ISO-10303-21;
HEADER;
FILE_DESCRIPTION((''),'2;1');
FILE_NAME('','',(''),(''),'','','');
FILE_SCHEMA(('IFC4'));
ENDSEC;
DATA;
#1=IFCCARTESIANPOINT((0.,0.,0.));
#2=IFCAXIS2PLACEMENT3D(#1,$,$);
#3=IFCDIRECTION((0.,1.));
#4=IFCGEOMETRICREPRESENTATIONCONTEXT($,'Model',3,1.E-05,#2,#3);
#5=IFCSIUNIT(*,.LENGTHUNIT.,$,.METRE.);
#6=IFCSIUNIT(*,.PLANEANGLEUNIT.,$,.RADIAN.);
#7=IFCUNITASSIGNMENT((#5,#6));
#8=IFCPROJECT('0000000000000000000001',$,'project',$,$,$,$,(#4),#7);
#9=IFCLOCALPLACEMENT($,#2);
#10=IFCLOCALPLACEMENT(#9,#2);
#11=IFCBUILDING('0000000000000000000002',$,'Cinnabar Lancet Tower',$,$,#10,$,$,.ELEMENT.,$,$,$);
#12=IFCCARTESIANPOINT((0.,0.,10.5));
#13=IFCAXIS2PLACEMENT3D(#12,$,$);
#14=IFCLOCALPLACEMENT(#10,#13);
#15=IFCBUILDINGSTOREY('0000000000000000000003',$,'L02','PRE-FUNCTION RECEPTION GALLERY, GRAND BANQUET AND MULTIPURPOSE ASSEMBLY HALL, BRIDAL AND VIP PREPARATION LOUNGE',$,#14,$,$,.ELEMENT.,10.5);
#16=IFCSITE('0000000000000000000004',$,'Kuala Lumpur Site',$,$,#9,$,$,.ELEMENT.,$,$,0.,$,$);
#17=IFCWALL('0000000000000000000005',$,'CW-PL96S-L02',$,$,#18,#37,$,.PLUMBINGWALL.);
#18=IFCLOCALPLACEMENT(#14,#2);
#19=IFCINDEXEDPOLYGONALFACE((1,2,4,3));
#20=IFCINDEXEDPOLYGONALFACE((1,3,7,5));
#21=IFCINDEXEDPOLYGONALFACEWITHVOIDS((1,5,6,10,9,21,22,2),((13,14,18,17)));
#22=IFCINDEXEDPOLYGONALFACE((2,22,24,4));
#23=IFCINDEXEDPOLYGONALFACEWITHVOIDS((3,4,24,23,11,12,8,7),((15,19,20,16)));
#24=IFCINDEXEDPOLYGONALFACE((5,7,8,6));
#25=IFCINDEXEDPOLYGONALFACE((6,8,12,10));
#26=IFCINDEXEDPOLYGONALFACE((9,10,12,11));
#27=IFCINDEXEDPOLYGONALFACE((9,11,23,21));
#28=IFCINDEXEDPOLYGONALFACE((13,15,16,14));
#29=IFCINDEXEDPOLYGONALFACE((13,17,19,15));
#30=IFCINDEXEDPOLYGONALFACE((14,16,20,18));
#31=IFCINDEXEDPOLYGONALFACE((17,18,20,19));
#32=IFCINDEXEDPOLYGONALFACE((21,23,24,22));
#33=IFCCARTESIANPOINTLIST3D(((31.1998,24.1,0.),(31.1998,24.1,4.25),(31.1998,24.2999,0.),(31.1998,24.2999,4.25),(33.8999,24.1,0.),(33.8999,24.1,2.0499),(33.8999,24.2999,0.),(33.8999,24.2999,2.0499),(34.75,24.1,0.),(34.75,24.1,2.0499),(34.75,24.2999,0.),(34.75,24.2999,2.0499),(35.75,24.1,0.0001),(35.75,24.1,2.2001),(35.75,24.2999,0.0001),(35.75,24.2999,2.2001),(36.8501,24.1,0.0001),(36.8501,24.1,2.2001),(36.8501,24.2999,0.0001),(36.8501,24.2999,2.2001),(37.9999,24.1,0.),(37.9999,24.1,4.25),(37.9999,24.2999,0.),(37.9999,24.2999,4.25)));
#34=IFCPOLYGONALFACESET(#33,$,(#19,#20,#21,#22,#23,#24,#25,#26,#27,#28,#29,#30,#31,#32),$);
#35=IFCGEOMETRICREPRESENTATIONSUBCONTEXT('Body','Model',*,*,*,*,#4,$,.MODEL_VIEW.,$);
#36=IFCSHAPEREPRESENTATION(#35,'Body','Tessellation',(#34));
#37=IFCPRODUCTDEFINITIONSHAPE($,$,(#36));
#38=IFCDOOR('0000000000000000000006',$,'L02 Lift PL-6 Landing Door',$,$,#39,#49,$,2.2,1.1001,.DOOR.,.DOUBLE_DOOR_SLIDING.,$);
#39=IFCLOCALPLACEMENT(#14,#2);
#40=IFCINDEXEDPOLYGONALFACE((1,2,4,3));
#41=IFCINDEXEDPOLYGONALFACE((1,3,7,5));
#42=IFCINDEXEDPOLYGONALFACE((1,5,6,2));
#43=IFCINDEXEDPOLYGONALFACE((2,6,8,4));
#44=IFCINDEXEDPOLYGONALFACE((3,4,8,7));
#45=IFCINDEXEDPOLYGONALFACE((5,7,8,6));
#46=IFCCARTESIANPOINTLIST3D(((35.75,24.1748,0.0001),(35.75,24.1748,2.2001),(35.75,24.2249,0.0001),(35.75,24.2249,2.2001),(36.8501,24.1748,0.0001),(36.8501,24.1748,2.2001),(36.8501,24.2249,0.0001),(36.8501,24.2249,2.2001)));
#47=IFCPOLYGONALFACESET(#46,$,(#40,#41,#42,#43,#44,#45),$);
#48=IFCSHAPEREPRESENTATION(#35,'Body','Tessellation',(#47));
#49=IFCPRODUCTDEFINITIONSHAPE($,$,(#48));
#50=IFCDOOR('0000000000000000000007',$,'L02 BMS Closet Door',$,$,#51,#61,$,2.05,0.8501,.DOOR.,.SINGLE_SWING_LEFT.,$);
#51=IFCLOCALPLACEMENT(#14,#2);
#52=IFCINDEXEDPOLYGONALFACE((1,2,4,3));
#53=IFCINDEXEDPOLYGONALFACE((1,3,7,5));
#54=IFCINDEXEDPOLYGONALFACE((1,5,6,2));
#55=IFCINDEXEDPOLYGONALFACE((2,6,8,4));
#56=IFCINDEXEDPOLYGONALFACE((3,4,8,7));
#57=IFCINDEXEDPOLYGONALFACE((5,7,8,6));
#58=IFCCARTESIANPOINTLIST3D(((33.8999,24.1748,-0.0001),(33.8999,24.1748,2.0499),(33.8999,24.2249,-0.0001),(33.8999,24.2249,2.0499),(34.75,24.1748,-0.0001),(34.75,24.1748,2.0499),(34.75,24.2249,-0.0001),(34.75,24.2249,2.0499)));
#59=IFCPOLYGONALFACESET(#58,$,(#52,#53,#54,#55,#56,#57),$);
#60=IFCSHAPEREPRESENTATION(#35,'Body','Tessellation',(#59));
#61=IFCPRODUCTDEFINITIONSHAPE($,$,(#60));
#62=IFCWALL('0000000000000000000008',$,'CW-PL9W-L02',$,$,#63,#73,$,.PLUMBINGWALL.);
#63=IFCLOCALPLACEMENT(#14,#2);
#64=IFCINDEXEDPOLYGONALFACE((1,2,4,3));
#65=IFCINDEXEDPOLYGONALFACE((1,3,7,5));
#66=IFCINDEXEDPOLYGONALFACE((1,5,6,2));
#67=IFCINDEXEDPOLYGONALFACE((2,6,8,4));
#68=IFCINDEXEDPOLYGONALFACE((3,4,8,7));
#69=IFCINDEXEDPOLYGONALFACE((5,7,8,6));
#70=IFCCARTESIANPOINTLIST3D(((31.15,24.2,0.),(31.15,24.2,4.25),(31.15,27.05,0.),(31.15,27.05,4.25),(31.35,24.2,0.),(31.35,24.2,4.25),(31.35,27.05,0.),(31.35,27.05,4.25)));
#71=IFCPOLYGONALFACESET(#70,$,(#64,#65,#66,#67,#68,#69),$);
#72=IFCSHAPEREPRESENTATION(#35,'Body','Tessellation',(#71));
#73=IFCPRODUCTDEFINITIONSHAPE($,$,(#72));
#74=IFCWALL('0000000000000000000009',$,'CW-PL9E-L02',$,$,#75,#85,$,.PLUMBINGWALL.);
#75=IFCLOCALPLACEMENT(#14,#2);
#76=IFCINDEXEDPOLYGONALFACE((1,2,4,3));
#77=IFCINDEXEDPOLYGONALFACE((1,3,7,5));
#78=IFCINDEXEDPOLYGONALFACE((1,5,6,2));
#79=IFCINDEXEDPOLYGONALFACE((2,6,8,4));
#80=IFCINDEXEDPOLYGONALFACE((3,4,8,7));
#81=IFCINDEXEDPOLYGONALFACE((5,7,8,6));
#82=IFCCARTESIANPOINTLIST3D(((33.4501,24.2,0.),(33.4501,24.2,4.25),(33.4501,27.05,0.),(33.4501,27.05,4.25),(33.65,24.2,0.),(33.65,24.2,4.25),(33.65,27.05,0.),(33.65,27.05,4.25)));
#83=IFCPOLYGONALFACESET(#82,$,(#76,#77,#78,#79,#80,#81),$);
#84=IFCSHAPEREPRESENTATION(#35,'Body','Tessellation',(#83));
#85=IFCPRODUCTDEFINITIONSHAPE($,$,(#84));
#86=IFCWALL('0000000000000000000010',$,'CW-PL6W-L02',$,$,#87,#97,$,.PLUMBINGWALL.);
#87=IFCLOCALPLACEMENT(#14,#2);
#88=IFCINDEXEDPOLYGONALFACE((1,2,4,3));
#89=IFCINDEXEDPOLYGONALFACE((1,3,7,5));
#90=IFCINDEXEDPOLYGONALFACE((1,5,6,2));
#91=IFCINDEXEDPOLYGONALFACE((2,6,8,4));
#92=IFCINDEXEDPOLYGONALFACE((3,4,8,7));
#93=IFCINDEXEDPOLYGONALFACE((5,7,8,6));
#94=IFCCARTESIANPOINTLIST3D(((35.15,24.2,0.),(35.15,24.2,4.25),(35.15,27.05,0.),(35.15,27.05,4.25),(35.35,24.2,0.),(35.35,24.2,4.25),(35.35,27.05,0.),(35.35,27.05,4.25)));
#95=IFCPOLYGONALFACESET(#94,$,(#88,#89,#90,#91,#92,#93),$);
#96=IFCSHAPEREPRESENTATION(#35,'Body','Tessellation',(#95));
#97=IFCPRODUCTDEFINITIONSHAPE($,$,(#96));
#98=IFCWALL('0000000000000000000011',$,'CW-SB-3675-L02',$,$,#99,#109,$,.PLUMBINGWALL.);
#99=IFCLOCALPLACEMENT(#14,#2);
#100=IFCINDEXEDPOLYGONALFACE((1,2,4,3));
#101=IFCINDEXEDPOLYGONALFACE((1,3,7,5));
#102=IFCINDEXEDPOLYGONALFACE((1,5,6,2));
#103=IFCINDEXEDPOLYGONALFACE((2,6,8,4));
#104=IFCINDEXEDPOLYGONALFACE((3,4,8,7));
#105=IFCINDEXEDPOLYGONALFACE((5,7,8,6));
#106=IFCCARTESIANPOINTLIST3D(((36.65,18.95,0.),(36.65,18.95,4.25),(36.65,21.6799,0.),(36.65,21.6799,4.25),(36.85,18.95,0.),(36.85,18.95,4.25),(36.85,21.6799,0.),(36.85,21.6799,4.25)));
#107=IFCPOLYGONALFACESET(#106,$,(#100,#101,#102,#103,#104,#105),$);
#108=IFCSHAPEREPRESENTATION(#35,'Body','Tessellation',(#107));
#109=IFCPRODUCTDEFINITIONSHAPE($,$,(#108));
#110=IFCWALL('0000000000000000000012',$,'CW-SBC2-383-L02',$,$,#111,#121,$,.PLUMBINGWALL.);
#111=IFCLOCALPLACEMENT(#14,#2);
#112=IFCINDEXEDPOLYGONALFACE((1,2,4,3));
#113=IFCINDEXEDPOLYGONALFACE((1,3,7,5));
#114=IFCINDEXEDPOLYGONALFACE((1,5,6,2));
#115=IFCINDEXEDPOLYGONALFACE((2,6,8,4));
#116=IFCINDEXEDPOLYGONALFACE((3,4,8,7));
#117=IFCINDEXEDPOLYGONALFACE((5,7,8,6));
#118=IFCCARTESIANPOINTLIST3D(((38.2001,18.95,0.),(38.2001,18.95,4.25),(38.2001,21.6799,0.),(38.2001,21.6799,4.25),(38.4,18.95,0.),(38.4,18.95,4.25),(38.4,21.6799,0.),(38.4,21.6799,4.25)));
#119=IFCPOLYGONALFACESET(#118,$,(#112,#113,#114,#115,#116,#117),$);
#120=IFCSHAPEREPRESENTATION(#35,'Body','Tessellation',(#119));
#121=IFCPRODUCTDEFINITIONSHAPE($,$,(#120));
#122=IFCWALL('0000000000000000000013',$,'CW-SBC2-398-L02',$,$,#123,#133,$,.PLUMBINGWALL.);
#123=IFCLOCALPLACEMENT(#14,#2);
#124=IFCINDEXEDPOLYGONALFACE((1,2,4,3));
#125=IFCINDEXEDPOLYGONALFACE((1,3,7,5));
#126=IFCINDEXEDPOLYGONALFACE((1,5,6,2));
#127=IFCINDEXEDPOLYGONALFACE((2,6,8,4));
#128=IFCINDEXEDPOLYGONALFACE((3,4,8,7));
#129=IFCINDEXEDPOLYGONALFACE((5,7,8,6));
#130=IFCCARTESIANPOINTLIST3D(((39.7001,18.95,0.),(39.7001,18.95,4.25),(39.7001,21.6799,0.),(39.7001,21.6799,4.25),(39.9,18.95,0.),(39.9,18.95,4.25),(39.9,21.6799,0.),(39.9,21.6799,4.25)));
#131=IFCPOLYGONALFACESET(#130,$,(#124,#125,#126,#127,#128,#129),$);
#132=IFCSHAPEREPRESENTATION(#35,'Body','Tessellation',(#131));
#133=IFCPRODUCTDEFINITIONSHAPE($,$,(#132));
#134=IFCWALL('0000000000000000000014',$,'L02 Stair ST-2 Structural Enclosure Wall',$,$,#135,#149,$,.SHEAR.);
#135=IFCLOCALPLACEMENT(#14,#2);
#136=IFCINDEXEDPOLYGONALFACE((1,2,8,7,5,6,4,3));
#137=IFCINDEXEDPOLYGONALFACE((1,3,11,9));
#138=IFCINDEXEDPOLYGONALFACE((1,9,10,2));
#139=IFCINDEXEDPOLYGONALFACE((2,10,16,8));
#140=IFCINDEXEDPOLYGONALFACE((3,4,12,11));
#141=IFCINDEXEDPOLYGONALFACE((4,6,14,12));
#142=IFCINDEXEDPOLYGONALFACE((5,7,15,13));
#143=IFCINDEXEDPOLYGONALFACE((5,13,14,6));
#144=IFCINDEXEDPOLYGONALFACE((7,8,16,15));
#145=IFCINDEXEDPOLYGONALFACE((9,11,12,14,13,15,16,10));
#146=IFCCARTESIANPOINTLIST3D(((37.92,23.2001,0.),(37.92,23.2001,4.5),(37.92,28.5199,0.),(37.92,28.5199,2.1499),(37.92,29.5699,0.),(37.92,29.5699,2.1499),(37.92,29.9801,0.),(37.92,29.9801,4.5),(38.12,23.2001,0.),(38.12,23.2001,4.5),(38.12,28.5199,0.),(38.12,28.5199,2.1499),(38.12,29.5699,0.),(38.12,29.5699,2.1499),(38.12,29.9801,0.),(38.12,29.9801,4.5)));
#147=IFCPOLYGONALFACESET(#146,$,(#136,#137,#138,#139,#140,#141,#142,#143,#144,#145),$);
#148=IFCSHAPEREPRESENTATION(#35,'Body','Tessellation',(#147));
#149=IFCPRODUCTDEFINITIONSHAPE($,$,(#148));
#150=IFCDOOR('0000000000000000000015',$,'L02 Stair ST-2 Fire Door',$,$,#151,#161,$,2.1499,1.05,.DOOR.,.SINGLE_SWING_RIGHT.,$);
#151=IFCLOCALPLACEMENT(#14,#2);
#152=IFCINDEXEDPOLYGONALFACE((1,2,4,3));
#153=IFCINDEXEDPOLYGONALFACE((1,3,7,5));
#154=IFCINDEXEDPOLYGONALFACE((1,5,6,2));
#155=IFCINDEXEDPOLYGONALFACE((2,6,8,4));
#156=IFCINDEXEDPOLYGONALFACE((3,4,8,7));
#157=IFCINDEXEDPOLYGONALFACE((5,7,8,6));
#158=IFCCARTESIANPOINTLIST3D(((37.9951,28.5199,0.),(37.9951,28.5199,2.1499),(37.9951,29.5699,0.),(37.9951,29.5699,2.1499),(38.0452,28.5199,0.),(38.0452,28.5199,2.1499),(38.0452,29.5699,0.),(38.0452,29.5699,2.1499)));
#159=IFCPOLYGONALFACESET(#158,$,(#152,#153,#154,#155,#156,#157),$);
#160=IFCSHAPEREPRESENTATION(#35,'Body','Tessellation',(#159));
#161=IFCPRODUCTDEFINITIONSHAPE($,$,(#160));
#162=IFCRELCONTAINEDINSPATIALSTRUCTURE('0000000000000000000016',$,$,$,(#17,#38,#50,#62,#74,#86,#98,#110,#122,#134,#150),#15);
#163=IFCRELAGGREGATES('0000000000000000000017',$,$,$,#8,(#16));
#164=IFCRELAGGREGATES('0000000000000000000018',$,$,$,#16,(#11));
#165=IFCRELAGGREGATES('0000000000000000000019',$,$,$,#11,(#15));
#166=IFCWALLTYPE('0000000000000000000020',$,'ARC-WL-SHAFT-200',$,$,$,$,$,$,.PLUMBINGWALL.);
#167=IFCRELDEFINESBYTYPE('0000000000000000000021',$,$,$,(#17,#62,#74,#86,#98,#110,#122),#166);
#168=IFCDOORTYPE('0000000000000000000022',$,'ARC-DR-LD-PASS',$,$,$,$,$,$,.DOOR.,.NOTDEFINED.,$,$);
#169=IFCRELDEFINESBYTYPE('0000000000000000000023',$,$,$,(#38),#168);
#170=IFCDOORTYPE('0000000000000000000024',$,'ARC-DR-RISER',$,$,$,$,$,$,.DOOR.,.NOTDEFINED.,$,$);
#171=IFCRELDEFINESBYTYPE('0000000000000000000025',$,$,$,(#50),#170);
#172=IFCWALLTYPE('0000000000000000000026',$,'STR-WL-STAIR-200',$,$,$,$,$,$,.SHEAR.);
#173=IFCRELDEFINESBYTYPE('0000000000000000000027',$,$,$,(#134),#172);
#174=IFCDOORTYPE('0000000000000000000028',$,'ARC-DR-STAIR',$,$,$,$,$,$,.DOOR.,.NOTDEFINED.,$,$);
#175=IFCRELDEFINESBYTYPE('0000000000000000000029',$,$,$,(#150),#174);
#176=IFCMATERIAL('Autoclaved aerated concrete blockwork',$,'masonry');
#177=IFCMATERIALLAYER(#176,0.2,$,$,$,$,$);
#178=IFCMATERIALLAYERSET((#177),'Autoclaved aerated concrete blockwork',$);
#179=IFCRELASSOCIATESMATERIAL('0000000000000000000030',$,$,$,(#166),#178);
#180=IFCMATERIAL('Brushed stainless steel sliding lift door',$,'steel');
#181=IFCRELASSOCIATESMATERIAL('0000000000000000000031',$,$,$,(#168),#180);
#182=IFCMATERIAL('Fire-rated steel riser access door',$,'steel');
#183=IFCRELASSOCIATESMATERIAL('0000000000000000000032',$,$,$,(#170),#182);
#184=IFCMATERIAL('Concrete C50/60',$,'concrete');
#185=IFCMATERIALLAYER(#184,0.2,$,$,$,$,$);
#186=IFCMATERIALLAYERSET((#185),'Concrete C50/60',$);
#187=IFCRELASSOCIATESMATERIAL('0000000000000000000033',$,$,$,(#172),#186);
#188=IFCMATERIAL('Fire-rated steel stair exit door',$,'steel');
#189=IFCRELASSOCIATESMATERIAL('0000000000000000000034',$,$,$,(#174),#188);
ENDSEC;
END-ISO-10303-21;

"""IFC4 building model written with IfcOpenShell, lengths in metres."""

from ifc_helpers import new_model, si_unit, direction, frame, frame_2d, origin, place, context, subcontext, project, spatial, rectangle, extrude, material, layer, layer_set, type_object, element, fill, save


model = new_model("IFC4")

# Units and contexts
model_context = context("Model", 3, precision=1e-05, world=origin(), true_north=direction((0.0, 1.0)))
body_context = subcontext(model_context, "Body", "Model", "MODEL_VIEW")
ifc_project = project(units=[si_unit("LENGTHUNIT", "METRE"), si_unit("PLANEANGLEUNIT", "RADIAN")], contexts=[model_context])

# Site, building, storey
site_placement = place(None, origin())
site = spatial("IfcSite", under=ifc_project, at=site_placement, Name="Kuala Lumpur Site", CompositionType="ELEMENT", RefElevation=0.0)
building_placement = place(site_placement, origin())
building = spatial("IfcBuilding", under=site, at=building_placement, Name="Cinnabar Lancet Tower", CompositionType="ELEMENT")
storey_placement = place(building_placement, frame((0.0, 0.0, 10.5)))
storey = spatial("IfcBuildingStorey", under=building, at=storey_placement, Name="L02", Description="PRE-FUNCTION RECEPTION GALLERY, GRAND BANQUET AND MULTIPURPOSE ASSEMBLY HALL, BRIDAL AND VIP PREPARATION LOUNGE", CompositionType="ELEMENT", Elevation=10.5)

# Shared definitions
ifc_material_1 = material(Name="Autoclaved aerated concrete blockwork", Category="masonry")
ifc_layer_1 = layer(ifc_material_1, 0.2)
ifc_layer_set_1 = layer_set([ifc_layer_1], Name="Autoclaved aerated concrete blockwork")
wall_type_1 = type_object("IfcWallType", Name="ARC-WL-SHAFT-200", PredefinedType="PLUMBINGWALL", material=ifc_layer_set_1)

# Wall, openings, doors
wall_1_placement = place(storey_placement, frame((31.2, 24.2, 0.0), z_axis=(0.0, 0.0, 1.0), x_axis=(1.0, 0.0, 0.0)))
wall_1 = element("IfcWall", 1, at=wall_1_placement, inside=storey, type_object=wall_type_1, Name="CW-PL96S-L02", PredefinedType="PLUMBINGWALL", context=body_context, shape_type="SweptSolid", body=[
    extrude(rectangle(XDim=6.8, YDim=0.2, at=frame_2d((3.3999, 0.0))), origin(), (0.0, 0.0, 1.0), 4.25),
])
opening_1_placement = place(wall_1_placement, frame((2.7, 0.0, 0.0)))
opening_1 = element("IfcOpeningElement", 2, at=opening_1_placement, cuts=wall_1, PredefinedType="OPENING", context=body_context, shape_type="SweptSolid", body=[
    extrude(rectangle(XDim=0.8501, YDim=2.05, at=frame_2d((0.425, 1.0249))), frame((0.0, 0.1099, 0.0), z_axis=(0.0, -1.0, 0.0), x_axis=(1.0, 0.0, 0.0)), (0.0, 0.0, 1.0), 0.22),
])
opening_2_placement = place(wall_1_placement, frame((4.55, 0.0, 0.0)))
opening_2 = element("IfcOpeningElement", 3, at=opening_2_placement, cuts=wall_1, PredefinedType="OPENING", context=body_context, shape_type="SweptSolid", body=[
    extrude(rectangle(XDim=1.1001, YDim=2.2, at=frame_2d((0.55, 1.1001))), frame((0.0, 0.1099, 0.0), z_axis=(0.0, -1.0, 0.0), x_axis=(1.0, 0.0, 0.0)), (0.0, 0.0, 1.0), 0.22),
])
ifc_material_2 = material(Name="Brushed stainless steel sliding lift door", Category="steel")
door_type_1 = type_object("IfcDoorType", Name="ARC-DR-LD-PASS", OperationType="NOTDEFINED", PredefinedType="DOOR", material=ifc_material_2)
door_1_placement = place(opening_2_placement, origin())
door_1 = element("IfcDoor", 4, at=door_1_placement, inside=storey, type_object=door_type_1, Name="L02 Lift PL-6 Landing Door", OperationType="DOUBLE_DOOR_SLIDING", OverallHeight=2.2, OverallWidth=1.1001, PredefinedType="DOOR", context=body_context, shape_type="SweptSolid", body=[
    extrude(rectangle(XDim=1.1001, YDim=2.2, at=frame_2d((0.55, 1.1001))), frame((0.0, 0.0249, 0.0), z_axis=(0.0, -1.0, 0.0), x_axis=(1.0, 0.0, 0.0)), (0.0, 0.0, 1.0), 0.05),
])
fill(opening_2, door_1)
ifc_material_3 = material(Name="Fire-rated steel riser access door", Category="steel")
door_type_2 = type_object("IfcDoorType", Name="ARC-DR-RISER", OperationType="NOTDEFINED", PredefinedType="DOOR", material=ifc_material_3)
door_2_placement = place(opening_1_placement, origin())
door_2 = element("IfcDoor", 5, at=door_2_placement, inside=storey, type_object=door_type_2, Name="L02 BMS Closet Door", OperationType="SINGLE_SWING_LEFT", OverallHeight=2.05, OverallWidth=0.8501, PredefinedType="DOOR", context=body_context, shape_type="SweptSolid", body=[
    extrude(rectangle(XDim=0.8501, YDim=2.05, at=frame_2d((0.425, 1.0249))), frame((0.0, 0.0249, 0.0), z_axis=(0.0, -1.0, 0.0), x_axis=(1.0, 0.0, 0.0)), (0.0, 0.0, 1.0), 0.05),
])
fill(opening_1, door_2)

# Walls
for number, where, z_axis, x_axis, name in (
    (6, (31.25, 24.2, 0.0), (0.0, 0.0, 1.0), (0.0, 1.0, 0.0), "CW-PL9W-L02"),
    (7, (33.55, 24.2, 0.0), (0.0, 0.0, 1.0), (0.0, 1.0, 0.0), "CW-PL9E-L02"),
    (8, (35.25, 24.2, 0.0), (0.0, 0.0, 1.0), (0.0, 1.0, 0.0), "CW-PL6W-L02"),
):
    element("IfcWall", number, at=place(storey_placement, frame(where, z_axis=z_axis, x_axis=x_axis)), inside=storey, type_object=wall_type_1, Name=name, PredefinedType="PLUMBINGWALL", context=body_context, shape_type="SweptSolid", body=[
        extrude(rectangle(XDim=2.8501, YDim=0.2, at=frame_2d((1.425, 0.0))), origin(), (0.0, 0.0, 1.0), 4.25),
    ])
for number, where, z_axis, x_axis, name in (
    (9, (36.75, 18.95, 0.0), (0.0, 0.0, 1.0), (0.0, 1.0, 0.0), "CW-SB-3675-L02"),
    (10, (38.3, 18.95, 0.0), (0.0, 0.0, 1.0), (0.0, 1.0, 0.0), "CW-SBC2-383-L02"),
    (11, (39.8, 18.95, 0.0), (0.0, 0.0, 1.0), (0.0, 1.0, 0.0), "CW-SBC2-398-L02"),
):
    element("IfcWall", number, at=place(storey_placement, frame(where, z_axis=z_axis, x_axis=x_axis)), inside=storey, type_object=wall_type_1, Name=name, PredefinedType="PLUMBINGWALL", context=body_context, shape_type="SweptSolid", body=[
        extrude(rectangle(XDim=2.73, YDim=0.2, at=frame_2d((1.365, 0.0))), origin(), (0.0, 0.0, 1.0), 4.25),
    ])

# Wall, opening, door
ifc_material_4 = material(Name="Concrete C50/60", Category="concrete")
ifc_layer_2 = layer(ifc_material_4, 0.2)
ifc_layer_set_2 = layer_set([ifc_layer_2], Name="Concrete C50/60")
wall_type_2 = type_object("IfcWallType", Name="STR-WL-STAIR-200", PredefinedType="SHEAR", material=ifc_layer_set_2)
wall_2_placement = place(storey_placement, frame((38.02, 23.2, 0.0), z_axis=(0.0, 0.0, 1.0), x_axis=(0.0, 1.0, 0.0)))
wall_2 = element("IfcWall", 12, at=wall_2_placement, inside=storey, type_object=wall_type_2, Name="L02 Stair ST-2 Structural Enclosure Wall", PredefinedType="SHEAR", context=body_context, shape_type="SweptSolid", body=[
    extrude(rectangle(XDim=6.78, YDim=0.2, at=frame_2d((3.3901, 0.0))), origin(), (0.0, 0.0, 1.0), 4.5),
])
opening_3_placement = place(wall_2_placement, frame((5.3201, 0.0, 0.0)))
opening_3 = element("IfcOpeningElement", 13, at=opening_3_placement, cuts=wall_2, PredefinedType="OPENING", context=body_context, shape_type="SweptSolid", body=[
    extrude(rectangle(XDim=1.05, YDim=2.1499, at=frame_2d((0.5249, 1.075))), frame((0.0, 0.1099, 0.0), z_axis=(0.0, -1.0, 0.0), x_axis=(1.0, 0.0, 0.0)), (0.0, 0.0, 1.0), 0.22),
])
ifc_material_5 = material(Name="Fire-rated steel stair exit door", Category="steel")
door_type_3 = type_object("IfcDoorType", Name="ARC-DR-STAIR", OperationType="NOTDEFINED", PredefinedType="DOOR", material=ifc_material_5)
door_3_placement = place(opening_3_placement, origin())
door_3 = element("IfcDoor", 14, at=door_3_placement, inside=storey, type_object=door_type_3, Name="L02 Stair ST-2 Fire Door", OperationType="SINGLE_SWING_RIGHT", OverallHeight=2.1499, OverallWidth=1.05, PredefinedType="DOOR", context=body_context, shape_type="SweptSolid", body=[
    extrude(rectangle(XDim=1.05, YDim=2.1499, at=frame_2d((0.5249, 1.075))), frame((0.0, 0.0249, 0.0), z_axis=(0.0, -1.0, 0.0), x_axis=(1.0, 0.0, 0.0)), (0.0, 0.0, 1.0), 0.05),
])
fill(opening_3, door_3)

save(model, "model.ifc")
